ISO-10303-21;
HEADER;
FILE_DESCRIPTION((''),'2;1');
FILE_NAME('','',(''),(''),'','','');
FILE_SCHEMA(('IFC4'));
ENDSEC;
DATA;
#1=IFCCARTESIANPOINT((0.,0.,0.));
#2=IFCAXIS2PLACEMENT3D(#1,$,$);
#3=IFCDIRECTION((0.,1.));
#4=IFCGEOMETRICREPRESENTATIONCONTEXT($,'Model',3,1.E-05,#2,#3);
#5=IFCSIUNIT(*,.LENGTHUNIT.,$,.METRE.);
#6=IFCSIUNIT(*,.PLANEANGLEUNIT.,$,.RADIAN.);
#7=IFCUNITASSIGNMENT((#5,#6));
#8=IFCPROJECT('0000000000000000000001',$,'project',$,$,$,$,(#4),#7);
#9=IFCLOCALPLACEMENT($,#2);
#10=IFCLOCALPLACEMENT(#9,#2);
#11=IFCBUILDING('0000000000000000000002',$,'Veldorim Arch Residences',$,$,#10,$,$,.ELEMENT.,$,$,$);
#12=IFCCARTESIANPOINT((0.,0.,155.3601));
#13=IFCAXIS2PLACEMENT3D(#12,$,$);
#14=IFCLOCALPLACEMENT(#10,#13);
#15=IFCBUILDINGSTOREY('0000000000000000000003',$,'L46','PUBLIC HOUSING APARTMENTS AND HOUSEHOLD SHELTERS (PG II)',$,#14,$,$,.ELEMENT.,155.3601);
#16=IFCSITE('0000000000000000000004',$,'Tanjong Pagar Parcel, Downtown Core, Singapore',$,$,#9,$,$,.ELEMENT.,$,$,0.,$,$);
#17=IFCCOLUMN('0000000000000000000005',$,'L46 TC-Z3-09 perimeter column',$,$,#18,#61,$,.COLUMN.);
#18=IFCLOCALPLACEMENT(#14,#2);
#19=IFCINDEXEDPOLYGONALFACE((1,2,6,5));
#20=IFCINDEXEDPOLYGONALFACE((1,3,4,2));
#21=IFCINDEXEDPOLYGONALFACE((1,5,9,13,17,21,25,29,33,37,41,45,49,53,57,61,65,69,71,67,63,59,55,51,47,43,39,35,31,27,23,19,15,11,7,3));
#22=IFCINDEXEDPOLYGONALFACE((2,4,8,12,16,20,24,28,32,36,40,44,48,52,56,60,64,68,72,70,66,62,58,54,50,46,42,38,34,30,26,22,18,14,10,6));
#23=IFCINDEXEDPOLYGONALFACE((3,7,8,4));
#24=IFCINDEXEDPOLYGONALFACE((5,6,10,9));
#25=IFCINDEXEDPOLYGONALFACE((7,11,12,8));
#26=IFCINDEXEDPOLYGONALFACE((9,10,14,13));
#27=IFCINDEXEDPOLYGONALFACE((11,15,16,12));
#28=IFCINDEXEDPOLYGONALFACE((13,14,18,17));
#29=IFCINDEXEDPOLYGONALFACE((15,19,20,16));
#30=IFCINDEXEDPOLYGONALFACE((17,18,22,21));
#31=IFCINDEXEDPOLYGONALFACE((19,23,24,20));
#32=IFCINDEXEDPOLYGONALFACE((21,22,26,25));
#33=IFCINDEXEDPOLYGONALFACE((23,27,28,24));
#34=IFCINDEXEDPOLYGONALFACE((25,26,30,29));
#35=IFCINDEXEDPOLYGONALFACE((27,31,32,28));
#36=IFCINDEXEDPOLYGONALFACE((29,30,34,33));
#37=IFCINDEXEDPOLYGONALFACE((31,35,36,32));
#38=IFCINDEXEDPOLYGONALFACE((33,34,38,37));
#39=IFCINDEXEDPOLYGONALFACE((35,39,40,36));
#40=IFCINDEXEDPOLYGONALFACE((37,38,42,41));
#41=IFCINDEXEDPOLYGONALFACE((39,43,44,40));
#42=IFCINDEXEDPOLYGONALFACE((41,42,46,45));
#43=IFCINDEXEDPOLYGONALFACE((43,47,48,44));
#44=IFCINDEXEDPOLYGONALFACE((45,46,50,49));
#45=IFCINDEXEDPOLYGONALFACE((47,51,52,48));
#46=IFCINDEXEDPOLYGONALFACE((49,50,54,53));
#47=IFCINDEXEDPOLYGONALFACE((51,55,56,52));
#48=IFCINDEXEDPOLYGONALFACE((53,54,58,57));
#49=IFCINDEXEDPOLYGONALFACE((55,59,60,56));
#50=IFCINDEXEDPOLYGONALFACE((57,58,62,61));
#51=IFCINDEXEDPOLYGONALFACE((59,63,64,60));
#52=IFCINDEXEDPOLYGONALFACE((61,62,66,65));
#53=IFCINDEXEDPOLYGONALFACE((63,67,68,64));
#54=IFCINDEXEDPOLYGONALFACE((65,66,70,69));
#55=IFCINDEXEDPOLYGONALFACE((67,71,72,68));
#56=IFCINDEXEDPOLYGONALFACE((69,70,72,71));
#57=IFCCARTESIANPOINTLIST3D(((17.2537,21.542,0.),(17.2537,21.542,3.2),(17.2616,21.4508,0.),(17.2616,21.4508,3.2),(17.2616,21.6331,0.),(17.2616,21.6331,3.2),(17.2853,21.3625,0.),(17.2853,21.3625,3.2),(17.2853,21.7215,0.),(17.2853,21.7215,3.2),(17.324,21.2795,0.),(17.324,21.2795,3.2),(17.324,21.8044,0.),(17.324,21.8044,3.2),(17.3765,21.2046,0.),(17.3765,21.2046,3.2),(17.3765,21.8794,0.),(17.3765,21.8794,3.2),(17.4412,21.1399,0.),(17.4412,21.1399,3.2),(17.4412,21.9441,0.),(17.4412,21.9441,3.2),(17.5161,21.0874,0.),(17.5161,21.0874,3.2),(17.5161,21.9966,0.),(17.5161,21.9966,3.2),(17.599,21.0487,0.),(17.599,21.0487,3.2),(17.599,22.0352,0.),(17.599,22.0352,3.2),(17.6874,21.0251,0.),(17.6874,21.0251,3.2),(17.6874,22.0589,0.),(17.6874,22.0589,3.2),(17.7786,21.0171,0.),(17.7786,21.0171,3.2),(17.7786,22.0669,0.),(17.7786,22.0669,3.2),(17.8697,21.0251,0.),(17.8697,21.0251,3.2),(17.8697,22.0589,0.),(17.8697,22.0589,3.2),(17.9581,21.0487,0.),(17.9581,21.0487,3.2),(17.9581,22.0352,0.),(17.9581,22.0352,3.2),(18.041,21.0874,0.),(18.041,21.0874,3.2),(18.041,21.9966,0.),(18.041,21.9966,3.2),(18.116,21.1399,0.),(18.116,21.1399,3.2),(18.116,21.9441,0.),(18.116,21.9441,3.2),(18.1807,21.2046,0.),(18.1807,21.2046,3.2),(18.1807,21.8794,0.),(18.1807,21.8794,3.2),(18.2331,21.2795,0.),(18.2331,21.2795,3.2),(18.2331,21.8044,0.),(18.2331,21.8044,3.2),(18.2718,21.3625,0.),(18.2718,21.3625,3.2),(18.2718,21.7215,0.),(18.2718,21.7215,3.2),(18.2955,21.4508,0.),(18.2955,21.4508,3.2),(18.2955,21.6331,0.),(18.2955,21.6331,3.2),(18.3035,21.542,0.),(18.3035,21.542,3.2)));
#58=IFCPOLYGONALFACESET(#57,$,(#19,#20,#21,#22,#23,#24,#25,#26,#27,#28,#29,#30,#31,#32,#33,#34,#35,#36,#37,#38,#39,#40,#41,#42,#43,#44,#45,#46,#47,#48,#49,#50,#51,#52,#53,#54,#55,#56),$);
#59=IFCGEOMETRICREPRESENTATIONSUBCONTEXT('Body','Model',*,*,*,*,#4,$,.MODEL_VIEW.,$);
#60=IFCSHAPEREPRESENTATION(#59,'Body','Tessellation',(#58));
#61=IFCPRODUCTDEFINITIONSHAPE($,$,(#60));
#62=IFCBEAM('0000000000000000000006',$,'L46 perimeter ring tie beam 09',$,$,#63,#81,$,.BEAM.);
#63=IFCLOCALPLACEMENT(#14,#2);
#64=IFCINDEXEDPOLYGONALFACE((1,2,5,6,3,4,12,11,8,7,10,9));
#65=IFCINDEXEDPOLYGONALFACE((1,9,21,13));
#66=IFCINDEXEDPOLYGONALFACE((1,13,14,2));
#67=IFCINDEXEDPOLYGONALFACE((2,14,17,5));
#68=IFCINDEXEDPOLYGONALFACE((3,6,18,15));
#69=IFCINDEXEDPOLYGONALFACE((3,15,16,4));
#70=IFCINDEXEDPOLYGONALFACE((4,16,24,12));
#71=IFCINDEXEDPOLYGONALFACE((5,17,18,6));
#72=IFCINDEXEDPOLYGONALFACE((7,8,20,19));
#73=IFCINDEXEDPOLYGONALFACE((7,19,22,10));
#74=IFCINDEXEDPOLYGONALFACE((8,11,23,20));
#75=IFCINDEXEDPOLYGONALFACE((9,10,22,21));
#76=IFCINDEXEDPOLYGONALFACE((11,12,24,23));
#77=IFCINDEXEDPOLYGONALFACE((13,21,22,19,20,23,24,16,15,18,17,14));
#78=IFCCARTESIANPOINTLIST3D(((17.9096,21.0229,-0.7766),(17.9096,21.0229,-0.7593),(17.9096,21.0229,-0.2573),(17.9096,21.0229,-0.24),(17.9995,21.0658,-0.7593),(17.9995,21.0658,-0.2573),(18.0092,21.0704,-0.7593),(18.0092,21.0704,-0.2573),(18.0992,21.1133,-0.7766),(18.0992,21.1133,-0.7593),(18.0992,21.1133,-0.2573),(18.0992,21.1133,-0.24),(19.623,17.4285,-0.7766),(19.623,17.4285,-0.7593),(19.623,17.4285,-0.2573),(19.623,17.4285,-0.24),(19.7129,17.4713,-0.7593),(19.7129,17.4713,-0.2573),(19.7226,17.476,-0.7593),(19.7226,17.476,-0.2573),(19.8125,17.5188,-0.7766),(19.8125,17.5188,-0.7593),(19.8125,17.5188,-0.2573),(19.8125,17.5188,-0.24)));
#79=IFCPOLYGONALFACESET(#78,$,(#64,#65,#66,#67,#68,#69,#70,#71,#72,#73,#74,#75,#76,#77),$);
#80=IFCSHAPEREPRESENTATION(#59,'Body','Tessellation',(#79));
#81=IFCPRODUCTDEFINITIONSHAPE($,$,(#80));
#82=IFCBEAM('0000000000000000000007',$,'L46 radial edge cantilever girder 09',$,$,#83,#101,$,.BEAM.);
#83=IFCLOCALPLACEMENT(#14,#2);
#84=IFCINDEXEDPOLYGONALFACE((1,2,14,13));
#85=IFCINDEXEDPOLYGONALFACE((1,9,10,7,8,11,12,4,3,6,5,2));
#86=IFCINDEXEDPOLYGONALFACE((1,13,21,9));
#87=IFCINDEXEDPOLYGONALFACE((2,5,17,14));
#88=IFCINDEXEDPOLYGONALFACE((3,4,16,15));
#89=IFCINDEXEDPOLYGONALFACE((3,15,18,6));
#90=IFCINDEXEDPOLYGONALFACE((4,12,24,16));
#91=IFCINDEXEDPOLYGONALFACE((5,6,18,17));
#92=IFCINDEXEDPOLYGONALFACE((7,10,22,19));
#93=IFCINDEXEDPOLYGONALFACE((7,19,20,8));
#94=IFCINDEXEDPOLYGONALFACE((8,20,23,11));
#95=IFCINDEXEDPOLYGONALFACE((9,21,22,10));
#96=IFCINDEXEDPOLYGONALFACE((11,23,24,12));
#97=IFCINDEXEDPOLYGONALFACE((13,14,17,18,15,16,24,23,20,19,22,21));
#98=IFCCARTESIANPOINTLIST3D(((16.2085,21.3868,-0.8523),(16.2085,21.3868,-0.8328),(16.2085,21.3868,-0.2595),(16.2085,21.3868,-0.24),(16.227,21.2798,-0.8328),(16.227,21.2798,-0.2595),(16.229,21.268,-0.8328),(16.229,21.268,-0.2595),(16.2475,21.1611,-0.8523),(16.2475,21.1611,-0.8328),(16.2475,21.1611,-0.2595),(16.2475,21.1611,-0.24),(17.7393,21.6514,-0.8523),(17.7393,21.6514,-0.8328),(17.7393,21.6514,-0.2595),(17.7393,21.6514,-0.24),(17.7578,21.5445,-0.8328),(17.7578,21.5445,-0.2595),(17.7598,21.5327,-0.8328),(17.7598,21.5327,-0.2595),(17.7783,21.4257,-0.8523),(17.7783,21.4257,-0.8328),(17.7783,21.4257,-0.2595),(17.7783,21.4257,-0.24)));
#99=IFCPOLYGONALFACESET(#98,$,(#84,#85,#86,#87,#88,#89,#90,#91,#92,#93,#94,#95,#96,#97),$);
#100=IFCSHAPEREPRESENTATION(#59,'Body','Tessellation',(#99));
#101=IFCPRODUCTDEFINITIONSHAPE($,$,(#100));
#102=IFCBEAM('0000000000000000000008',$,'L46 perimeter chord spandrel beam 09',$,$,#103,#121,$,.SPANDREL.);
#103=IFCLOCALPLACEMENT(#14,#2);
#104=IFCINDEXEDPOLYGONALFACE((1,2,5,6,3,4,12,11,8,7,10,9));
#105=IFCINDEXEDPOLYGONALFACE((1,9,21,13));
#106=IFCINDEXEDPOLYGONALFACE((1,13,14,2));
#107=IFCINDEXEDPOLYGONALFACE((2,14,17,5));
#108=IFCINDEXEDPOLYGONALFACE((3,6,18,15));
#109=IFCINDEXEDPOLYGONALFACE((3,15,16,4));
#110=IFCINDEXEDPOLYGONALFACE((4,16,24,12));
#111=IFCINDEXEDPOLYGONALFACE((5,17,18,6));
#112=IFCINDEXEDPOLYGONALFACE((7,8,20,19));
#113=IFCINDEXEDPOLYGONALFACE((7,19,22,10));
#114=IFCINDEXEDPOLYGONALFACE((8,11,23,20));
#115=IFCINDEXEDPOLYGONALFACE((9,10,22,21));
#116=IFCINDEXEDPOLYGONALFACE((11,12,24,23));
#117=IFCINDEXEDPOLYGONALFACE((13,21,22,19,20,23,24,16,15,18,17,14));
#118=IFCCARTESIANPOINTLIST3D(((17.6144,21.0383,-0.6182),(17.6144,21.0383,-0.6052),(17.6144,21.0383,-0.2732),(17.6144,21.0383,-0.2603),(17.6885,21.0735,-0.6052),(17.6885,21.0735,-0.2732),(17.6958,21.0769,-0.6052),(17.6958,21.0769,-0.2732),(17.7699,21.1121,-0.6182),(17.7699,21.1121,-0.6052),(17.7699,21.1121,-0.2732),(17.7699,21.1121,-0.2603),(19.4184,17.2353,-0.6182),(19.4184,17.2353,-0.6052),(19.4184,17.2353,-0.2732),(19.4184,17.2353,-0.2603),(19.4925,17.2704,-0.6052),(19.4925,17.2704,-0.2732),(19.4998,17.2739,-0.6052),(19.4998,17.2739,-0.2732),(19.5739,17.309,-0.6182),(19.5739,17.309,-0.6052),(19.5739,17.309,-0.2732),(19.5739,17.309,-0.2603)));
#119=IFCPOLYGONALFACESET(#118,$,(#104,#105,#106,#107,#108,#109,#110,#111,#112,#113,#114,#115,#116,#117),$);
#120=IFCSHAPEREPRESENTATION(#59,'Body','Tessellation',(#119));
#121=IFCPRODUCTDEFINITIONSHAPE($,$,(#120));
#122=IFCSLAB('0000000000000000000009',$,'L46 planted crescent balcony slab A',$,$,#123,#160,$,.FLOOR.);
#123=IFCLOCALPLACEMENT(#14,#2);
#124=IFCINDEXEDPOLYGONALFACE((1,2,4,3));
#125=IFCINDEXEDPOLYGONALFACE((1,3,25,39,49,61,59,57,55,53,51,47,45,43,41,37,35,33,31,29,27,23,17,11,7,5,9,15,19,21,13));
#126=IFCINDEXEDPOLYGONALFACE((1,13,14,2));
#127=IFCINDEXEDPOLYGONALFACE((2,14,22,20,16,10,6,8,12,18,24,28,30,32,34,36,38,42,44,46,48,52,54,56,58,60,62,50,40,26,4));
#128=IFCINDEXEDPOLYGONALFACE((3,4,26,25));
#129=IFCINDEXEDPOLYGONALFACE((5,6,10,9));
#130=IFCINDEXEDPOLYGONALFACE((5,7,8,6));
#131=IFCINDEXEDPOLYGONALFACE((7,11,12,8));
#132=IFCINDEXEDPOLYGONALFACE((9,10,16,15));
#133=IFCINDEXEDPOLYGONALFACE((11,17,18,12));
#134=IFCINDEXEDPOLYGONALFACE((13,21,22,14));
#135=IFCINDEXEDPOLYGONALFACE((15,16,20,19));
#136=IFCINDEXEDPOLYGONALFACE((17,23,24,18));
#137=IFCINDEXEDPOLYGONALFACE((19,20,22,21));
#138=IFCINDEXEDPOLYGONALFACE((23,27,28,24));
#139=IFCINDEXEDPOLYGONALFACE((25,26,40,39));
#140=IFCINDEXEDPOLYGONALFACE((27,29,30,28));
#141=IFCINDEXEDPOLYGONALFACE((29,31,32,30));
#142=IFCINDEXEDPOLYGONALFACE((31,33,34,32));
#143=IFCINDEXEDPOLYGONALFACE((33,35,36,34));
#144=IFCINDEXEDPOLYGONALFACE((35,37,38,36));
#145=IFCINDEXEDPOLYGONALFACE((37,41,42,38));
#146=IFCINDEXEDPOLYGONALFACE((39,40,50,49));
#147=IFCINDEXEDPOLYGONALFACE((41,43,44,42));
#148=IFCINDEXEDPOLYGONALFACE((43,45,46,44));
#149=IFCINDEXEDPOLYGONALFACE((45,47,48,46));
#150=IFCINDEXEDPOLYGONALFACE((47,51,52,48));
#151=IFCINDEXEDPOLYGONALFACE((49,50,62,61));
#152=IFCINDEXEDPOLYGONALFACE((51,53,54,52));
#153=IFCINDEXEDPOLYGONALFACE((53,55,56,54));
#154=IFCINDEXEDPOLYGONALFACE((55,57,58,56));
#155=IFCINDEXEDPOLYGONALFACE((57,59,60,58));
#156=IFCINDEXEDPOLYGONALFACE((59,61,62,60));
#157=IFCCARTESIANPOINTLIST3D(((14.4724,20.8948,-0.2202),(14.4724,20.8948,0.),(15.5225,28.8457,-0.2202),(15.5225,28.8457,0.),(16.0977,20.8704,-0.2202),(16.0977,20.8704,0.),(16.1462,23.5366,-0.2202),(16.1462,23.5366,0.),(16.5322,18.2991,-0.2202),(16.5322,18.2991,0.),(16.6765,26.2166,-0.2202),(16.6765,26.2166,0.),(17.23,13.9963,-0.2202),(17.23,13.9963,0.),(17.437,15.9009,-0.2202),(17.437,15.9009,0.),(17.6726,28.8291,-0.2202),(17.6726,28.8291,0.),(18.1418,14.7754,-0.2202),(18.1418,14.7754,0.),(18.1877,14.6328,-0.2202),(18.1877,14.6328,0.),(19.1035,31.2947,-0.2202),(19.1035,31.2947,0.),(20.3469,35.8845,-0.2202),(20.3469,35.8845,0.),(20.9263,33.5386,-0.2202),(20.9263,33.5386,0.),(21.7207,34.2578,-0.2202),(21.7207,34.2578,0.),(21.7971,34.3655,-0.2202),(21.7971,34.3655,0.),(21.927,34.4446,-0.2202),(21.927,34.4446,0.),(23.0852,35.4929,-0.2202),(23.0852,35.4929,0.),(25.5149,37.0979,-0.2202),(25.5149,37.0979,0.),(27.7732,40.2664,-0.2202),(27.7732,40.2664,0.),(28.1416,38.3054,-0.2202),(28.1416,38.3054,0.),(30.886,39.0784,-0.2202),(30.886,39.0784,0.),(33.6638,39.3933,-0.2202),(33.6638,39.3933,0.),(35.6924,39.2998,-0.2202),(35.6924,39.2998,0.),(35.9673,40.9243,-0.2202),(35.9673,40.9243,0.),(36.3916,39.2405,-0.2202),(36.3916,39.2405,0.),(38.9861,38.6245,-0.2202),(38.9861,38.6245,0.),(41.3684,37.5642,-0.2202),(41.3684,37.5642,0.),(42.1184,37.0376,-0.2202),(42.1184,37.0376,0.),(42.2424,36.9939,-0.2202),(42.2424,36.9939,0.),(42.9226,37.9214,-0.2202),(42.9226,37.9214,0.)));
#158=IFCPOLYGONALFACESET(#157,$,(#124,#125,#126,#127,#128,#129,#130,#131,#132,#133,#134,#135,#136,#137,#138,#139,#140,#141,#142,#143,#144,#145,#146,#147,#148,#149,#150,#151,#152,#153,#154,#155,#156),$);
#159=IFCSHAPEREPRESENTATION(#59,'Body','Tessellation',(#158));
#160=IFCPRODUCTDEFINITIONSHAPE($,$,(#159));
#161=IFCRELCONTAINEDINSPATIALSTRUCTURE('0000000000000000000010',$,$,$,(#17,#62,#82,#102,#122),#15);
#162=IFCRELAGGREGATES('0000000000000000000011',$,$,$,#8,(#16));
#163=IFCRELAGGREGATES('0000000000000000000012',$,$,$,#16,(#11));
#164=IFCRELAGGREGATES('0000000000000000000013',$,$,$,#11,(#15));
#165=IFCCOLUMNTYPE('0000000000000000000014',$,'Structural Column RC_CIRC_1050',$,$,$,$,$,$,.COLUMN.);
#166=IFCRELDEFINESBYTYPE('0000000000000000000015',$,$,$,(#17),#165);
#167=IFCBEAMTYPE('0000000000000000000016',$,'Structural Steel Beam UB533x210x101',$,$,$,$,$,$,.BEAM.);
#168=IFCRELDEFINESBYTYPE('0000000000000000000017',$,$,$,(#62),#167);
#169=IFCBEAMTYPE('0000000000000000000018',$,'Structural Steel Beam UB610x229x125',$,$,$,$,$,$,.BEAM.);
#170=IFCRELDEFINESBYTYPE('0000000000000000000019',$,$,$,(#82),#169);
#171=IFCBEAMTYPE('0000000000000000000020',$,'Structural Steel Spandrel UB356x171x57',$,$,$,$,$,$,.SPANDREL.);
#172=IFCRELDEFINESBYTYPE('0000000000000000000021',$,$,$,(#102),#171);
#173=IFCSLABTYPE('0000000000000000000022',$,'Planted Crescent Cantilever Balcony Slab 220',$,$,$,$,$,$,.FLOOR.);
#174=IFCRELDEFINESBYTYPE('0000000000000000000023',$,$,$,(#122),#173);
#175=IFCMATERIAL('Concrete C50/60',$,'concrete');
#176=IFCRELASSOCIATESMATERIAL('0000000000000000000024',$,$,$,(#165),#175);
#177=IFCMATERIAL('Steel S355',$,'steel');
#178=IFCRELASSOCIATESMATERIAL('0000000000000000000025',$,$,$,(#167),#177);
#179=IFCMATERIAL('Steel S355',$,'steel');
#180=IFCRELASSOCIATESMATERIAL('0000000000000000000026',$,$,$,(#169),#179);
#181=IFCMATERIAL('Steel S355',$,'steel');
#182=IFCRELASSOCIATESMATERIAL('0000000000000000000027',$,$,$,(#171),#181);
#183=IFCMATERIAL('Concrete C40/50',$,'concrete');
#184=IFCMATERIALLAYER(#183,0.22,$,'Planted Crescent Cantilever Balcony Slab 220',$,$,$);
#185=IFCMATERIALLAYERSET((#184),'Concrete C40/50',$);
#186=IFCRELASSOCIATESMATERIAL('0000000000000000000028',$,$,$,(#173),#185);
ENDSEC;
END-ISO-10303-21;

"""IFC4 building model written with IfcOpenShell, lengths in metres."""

from ifc_helpers import new_model, si_unit, direction, frame, origin, origin_2d, place, context, subcontext, project, spatial, polyline, circle, i_section, outline, extrude, material, layer, layer_set, material_profile, profile_set, type_object, element, save


model = new_model("IFC4")

# Units and contexts
model_context = context("Model", 3, precision=1e-05, world=origin(), true_north=direction((0.0, 1.0)))
body_context = subcontext(model_context, "Body", "Model", "MODEL_VIEW")
ifc_project = project(units=[si_unit("LENGTHUNIT", "METRE"), si_unit("PLANEANGLEUNIT", "RADIAN")], contexts=[model_context])

# Site, building, storey
site_placement = place(None, origin())
site = spatial("IfcSite", under=ifc_project, at=site_placement, Name="Tanjong Pagar Parcel, Downtown Core, Singapore", CompositionType="ELEMENT", RefElevation=0.0)
building_placement = place(site_placement, origin())
building = spatial("IfcBuilding", under=site, at=building_placement, Name="Veldorim Arch Residences", CompositionType="ELEMENT")
storey_placement = place(building_placement, frame((0.0, 0.0, 155.3601)))
storey = spatial("IfcBuildingStorey", under=building, at=storey_placement, Name="L46", Description="PUBLIC HOUSING APARTMENTS AND HOUSEHOLD SHELTERS (PG II)", CompositionType="ELEMENT", Elevation=155.3601)

# Column
ifc_material_1 = material(Name="Concrete C50/60", Category="concrete")
ifc_material_profile_1 = material_profile(ifc_material_1, circle(Radius=0.5249, at=origin_2d()), Name="RC_CIRC_1050")
ifc_profile_set_1 = profile_set([ifc_material_profile_1], Name="Concrete C50/60")
column_type = type_object("IfcColumnType", Name="Structural Column RC_CIRC_1050", PredefinedType="COLUMN", material=ifc_profile_set_1)
column_placement = place(storey_placement, frame((17.7786, 21.542, 0.0), z_axis=(0.0, 0.0, 1.0), x_axis=(1.0, 0.0, 0.0)))
element("IfcColumn", 1, at=column_placement, inside=storey, type_object=column_type, Name="L46 TC-Z3-09 perimeter column", PredefinedType="COLUMN", context=body_context, shape_type="SweptSolid", body=[
    extrude(circle(Radius=0.5249, at=origin_2d()), origin(), (0.0, 0.0, 1.0), 3.2),
])

# Beams
ifc_material_2 = material(Name="Steel S355", Category="steel")
ifc_material_profile_2 = material_profile(ifc_material_2, i_section(OverallWidth=0.21, OverallDepth=0.5366, WebThickness=0.0107, FlangeThickness=0.0173, at=origin_2d()), Name="UB533x210x101")
ifc_profile_set_2 = profile_set([ifc_material_profile_2], Name="Steel S355")
beam_type_1 = type_object("IfcBeamType", Name="Structural Steel Beam UB533x210x101", PredefinedType="BEAM", material=ifc_profile_set_2)
beam_1_placement = place(storey_placement, frame((18.0044, 21.0681, -0.5083), z_axis=(0.430286, -0.902693, 0.0), x_axis=(0.902693, 0.430286, 0.0)))
element("IfcBeam", 2, at=beam_1_placement, inside=storey, type_object=beam_type_1, Name="L46 perimeter ring tie beam 09", PredefinedType="BEAM", context=body_context, shape_type="SweptSolid", body=[
    extrude(i_section(OverallWidth=0.21, OverallDepth=0.5366, WebThickness=0.0107, FlangeThickness=0.0173, at=origin_2d()), origin(), (0.0, 0.0, 1.0), 3.9819),
])
ifc_material_3 = material(Name="Steel S355", Category="steel")
ifc_material_profile_3 = material_profile(ifc_material_3, i_section(OverallWidth=0.229, OverallDepth=0.6123, WebThickness=0.012, FlangeThickness=0.0195, at=origin_2d()), Name="UB610x229x125")
ifc_profile_set_3 = profile_set([ifc_material_profile_3], Name="Steel S355")
beam_type_2 = type_object("IfcBeamType", Name="Structural Steel Beam UB610x229x125", PredefinedType="BEAM", material=ifc_profile_set_3)
beam_2_placement = place(storey_placement, frame((17.7588, 21.5386, -0.5461), z_axis=(-0.985382, -0.170359, 0.0), x_axis=(0.170359, -0.985382, 0.0)))
element("IfcBeam", 3, at=beam_2_placement, inside=storey, type_object=beam_type_2, Name="L46 radial edge cantilever girder 09", PredefinedType="BEAM", context=body_context, shape_type="SweptSolid", body=[
    extrude(i_section(OverallWidth=0.229, OverallDepth=0.6123, WebThickness=0.012, FlangeThickness=0.0195, at=origin_2d()), origin(), (0.0, 0.0, 1.0), 1.5535),
])
ifc_material_4 = material(Name="Steel S355", Category="steel")
ifc_material_profile_4 = material_profile(ifc_material_4, i_section(OverallWidth=0.1721, OverallDepth=0.3579, WebThickness=0.0081, FlangeThickness=0.0129, at=origin_2d()), Name="UB356x171x57")
ifc_profile_set_4 = profile_set([ifc_material_profile_4], Name="Steel S355")
beam_type_3 = type_object("IfcBeamType", Name="Structural Steel Spandrel UB356x171x57", PredefinedType="SPANDREL", material=ifc_profile_set_4)
beam_3_placement = place(storey_placement, frame((17.6921, 21.0752, -0.4392), z_axis=(0.42858, -0.903504, 0.0), x_axis=(0.903504, 0.42858, 0.0)))
element("IfcBeam", 4, at=beam_3_placement, inside=storey, type_object=beam_type_3, Name="L46 perimeter chord spandrel beam 09", PredefinedType="SPANDREL", context=body_context, shape_type="SweptSolid", body=[
    extrude(i_section(OverallWidth=0.1721, OverallDepth=0.3579, WebThickness=0.0081, FlangeThickness=0.0129, at=origin_2d()), origin(), (0.0, 0.0, 1.0), 4.2092),
])

# Slab
ifc_material_5 = material(Name="Concrete C40/50", Category="concrete")
ifc_layer_1 = layer(ifc_material_5, 0.22, Name="Planted Crescent Cantilever Balcony Slab 220")
ifc_layer_set_1 = layer_set([ifc_layer_1], Name="Concrete C40/50")
slab_type_1 = type_object("IfcSlabType", Name="Planted Crescent Cantilever Balcony Slab 220", PredefinedType="FLOOR", material=ifc_layer_set_1)
slab_1_placement = place(storey_placement, frame((0.0, 0.0, -0.2202)))
element("IfcSlab", 5, at=slab_1_placement, inside=storey, type_object=slab_type_1, Name="L46 planted crescent balcony slab A", PredefinedType="FLOOR", context=body_context, shape_type="SweptSolid", body=[
    extrude(outline(polyline([(42.1184, 37.0376), (41.3684, 37.5642), (38.9861, 38.6245), (36.3916, 39.2405), (35.6924, 39.2998), (33.6638, 39.3933), (30.886, 39.0784), (28.1416, 38.3054), (25.5149, 37.0979), (23.0852, 35.4929), (21.927, 34.4446), (21.7971, 34.3655), (21.7207, 34.2578), (20.9263, 33.5386), (19.1035, 31.2947), (17.6726, 28.8291), (16.6765, 26.2166), (16.1462, 23.5366), (16.0977, 20.8704), (16.5322, 18.2991), (17.437, 15.9009), (18.1418, 14.7754), (18.1877, 14.6328), (17.23, 13.9963), (14.4724, 20.8948), (15.5225, 28.8457), (20.3469, 35.8845), (27.7732, 40.2664), (35.9673, 40.9243), (42.9226, 37.9214), (42.2424, 36.9939), (42.1184, 37.0376)])), origin(), (0.0, 0.0, 1.0), 0.2202),
])

save(model, "model.ifc")
